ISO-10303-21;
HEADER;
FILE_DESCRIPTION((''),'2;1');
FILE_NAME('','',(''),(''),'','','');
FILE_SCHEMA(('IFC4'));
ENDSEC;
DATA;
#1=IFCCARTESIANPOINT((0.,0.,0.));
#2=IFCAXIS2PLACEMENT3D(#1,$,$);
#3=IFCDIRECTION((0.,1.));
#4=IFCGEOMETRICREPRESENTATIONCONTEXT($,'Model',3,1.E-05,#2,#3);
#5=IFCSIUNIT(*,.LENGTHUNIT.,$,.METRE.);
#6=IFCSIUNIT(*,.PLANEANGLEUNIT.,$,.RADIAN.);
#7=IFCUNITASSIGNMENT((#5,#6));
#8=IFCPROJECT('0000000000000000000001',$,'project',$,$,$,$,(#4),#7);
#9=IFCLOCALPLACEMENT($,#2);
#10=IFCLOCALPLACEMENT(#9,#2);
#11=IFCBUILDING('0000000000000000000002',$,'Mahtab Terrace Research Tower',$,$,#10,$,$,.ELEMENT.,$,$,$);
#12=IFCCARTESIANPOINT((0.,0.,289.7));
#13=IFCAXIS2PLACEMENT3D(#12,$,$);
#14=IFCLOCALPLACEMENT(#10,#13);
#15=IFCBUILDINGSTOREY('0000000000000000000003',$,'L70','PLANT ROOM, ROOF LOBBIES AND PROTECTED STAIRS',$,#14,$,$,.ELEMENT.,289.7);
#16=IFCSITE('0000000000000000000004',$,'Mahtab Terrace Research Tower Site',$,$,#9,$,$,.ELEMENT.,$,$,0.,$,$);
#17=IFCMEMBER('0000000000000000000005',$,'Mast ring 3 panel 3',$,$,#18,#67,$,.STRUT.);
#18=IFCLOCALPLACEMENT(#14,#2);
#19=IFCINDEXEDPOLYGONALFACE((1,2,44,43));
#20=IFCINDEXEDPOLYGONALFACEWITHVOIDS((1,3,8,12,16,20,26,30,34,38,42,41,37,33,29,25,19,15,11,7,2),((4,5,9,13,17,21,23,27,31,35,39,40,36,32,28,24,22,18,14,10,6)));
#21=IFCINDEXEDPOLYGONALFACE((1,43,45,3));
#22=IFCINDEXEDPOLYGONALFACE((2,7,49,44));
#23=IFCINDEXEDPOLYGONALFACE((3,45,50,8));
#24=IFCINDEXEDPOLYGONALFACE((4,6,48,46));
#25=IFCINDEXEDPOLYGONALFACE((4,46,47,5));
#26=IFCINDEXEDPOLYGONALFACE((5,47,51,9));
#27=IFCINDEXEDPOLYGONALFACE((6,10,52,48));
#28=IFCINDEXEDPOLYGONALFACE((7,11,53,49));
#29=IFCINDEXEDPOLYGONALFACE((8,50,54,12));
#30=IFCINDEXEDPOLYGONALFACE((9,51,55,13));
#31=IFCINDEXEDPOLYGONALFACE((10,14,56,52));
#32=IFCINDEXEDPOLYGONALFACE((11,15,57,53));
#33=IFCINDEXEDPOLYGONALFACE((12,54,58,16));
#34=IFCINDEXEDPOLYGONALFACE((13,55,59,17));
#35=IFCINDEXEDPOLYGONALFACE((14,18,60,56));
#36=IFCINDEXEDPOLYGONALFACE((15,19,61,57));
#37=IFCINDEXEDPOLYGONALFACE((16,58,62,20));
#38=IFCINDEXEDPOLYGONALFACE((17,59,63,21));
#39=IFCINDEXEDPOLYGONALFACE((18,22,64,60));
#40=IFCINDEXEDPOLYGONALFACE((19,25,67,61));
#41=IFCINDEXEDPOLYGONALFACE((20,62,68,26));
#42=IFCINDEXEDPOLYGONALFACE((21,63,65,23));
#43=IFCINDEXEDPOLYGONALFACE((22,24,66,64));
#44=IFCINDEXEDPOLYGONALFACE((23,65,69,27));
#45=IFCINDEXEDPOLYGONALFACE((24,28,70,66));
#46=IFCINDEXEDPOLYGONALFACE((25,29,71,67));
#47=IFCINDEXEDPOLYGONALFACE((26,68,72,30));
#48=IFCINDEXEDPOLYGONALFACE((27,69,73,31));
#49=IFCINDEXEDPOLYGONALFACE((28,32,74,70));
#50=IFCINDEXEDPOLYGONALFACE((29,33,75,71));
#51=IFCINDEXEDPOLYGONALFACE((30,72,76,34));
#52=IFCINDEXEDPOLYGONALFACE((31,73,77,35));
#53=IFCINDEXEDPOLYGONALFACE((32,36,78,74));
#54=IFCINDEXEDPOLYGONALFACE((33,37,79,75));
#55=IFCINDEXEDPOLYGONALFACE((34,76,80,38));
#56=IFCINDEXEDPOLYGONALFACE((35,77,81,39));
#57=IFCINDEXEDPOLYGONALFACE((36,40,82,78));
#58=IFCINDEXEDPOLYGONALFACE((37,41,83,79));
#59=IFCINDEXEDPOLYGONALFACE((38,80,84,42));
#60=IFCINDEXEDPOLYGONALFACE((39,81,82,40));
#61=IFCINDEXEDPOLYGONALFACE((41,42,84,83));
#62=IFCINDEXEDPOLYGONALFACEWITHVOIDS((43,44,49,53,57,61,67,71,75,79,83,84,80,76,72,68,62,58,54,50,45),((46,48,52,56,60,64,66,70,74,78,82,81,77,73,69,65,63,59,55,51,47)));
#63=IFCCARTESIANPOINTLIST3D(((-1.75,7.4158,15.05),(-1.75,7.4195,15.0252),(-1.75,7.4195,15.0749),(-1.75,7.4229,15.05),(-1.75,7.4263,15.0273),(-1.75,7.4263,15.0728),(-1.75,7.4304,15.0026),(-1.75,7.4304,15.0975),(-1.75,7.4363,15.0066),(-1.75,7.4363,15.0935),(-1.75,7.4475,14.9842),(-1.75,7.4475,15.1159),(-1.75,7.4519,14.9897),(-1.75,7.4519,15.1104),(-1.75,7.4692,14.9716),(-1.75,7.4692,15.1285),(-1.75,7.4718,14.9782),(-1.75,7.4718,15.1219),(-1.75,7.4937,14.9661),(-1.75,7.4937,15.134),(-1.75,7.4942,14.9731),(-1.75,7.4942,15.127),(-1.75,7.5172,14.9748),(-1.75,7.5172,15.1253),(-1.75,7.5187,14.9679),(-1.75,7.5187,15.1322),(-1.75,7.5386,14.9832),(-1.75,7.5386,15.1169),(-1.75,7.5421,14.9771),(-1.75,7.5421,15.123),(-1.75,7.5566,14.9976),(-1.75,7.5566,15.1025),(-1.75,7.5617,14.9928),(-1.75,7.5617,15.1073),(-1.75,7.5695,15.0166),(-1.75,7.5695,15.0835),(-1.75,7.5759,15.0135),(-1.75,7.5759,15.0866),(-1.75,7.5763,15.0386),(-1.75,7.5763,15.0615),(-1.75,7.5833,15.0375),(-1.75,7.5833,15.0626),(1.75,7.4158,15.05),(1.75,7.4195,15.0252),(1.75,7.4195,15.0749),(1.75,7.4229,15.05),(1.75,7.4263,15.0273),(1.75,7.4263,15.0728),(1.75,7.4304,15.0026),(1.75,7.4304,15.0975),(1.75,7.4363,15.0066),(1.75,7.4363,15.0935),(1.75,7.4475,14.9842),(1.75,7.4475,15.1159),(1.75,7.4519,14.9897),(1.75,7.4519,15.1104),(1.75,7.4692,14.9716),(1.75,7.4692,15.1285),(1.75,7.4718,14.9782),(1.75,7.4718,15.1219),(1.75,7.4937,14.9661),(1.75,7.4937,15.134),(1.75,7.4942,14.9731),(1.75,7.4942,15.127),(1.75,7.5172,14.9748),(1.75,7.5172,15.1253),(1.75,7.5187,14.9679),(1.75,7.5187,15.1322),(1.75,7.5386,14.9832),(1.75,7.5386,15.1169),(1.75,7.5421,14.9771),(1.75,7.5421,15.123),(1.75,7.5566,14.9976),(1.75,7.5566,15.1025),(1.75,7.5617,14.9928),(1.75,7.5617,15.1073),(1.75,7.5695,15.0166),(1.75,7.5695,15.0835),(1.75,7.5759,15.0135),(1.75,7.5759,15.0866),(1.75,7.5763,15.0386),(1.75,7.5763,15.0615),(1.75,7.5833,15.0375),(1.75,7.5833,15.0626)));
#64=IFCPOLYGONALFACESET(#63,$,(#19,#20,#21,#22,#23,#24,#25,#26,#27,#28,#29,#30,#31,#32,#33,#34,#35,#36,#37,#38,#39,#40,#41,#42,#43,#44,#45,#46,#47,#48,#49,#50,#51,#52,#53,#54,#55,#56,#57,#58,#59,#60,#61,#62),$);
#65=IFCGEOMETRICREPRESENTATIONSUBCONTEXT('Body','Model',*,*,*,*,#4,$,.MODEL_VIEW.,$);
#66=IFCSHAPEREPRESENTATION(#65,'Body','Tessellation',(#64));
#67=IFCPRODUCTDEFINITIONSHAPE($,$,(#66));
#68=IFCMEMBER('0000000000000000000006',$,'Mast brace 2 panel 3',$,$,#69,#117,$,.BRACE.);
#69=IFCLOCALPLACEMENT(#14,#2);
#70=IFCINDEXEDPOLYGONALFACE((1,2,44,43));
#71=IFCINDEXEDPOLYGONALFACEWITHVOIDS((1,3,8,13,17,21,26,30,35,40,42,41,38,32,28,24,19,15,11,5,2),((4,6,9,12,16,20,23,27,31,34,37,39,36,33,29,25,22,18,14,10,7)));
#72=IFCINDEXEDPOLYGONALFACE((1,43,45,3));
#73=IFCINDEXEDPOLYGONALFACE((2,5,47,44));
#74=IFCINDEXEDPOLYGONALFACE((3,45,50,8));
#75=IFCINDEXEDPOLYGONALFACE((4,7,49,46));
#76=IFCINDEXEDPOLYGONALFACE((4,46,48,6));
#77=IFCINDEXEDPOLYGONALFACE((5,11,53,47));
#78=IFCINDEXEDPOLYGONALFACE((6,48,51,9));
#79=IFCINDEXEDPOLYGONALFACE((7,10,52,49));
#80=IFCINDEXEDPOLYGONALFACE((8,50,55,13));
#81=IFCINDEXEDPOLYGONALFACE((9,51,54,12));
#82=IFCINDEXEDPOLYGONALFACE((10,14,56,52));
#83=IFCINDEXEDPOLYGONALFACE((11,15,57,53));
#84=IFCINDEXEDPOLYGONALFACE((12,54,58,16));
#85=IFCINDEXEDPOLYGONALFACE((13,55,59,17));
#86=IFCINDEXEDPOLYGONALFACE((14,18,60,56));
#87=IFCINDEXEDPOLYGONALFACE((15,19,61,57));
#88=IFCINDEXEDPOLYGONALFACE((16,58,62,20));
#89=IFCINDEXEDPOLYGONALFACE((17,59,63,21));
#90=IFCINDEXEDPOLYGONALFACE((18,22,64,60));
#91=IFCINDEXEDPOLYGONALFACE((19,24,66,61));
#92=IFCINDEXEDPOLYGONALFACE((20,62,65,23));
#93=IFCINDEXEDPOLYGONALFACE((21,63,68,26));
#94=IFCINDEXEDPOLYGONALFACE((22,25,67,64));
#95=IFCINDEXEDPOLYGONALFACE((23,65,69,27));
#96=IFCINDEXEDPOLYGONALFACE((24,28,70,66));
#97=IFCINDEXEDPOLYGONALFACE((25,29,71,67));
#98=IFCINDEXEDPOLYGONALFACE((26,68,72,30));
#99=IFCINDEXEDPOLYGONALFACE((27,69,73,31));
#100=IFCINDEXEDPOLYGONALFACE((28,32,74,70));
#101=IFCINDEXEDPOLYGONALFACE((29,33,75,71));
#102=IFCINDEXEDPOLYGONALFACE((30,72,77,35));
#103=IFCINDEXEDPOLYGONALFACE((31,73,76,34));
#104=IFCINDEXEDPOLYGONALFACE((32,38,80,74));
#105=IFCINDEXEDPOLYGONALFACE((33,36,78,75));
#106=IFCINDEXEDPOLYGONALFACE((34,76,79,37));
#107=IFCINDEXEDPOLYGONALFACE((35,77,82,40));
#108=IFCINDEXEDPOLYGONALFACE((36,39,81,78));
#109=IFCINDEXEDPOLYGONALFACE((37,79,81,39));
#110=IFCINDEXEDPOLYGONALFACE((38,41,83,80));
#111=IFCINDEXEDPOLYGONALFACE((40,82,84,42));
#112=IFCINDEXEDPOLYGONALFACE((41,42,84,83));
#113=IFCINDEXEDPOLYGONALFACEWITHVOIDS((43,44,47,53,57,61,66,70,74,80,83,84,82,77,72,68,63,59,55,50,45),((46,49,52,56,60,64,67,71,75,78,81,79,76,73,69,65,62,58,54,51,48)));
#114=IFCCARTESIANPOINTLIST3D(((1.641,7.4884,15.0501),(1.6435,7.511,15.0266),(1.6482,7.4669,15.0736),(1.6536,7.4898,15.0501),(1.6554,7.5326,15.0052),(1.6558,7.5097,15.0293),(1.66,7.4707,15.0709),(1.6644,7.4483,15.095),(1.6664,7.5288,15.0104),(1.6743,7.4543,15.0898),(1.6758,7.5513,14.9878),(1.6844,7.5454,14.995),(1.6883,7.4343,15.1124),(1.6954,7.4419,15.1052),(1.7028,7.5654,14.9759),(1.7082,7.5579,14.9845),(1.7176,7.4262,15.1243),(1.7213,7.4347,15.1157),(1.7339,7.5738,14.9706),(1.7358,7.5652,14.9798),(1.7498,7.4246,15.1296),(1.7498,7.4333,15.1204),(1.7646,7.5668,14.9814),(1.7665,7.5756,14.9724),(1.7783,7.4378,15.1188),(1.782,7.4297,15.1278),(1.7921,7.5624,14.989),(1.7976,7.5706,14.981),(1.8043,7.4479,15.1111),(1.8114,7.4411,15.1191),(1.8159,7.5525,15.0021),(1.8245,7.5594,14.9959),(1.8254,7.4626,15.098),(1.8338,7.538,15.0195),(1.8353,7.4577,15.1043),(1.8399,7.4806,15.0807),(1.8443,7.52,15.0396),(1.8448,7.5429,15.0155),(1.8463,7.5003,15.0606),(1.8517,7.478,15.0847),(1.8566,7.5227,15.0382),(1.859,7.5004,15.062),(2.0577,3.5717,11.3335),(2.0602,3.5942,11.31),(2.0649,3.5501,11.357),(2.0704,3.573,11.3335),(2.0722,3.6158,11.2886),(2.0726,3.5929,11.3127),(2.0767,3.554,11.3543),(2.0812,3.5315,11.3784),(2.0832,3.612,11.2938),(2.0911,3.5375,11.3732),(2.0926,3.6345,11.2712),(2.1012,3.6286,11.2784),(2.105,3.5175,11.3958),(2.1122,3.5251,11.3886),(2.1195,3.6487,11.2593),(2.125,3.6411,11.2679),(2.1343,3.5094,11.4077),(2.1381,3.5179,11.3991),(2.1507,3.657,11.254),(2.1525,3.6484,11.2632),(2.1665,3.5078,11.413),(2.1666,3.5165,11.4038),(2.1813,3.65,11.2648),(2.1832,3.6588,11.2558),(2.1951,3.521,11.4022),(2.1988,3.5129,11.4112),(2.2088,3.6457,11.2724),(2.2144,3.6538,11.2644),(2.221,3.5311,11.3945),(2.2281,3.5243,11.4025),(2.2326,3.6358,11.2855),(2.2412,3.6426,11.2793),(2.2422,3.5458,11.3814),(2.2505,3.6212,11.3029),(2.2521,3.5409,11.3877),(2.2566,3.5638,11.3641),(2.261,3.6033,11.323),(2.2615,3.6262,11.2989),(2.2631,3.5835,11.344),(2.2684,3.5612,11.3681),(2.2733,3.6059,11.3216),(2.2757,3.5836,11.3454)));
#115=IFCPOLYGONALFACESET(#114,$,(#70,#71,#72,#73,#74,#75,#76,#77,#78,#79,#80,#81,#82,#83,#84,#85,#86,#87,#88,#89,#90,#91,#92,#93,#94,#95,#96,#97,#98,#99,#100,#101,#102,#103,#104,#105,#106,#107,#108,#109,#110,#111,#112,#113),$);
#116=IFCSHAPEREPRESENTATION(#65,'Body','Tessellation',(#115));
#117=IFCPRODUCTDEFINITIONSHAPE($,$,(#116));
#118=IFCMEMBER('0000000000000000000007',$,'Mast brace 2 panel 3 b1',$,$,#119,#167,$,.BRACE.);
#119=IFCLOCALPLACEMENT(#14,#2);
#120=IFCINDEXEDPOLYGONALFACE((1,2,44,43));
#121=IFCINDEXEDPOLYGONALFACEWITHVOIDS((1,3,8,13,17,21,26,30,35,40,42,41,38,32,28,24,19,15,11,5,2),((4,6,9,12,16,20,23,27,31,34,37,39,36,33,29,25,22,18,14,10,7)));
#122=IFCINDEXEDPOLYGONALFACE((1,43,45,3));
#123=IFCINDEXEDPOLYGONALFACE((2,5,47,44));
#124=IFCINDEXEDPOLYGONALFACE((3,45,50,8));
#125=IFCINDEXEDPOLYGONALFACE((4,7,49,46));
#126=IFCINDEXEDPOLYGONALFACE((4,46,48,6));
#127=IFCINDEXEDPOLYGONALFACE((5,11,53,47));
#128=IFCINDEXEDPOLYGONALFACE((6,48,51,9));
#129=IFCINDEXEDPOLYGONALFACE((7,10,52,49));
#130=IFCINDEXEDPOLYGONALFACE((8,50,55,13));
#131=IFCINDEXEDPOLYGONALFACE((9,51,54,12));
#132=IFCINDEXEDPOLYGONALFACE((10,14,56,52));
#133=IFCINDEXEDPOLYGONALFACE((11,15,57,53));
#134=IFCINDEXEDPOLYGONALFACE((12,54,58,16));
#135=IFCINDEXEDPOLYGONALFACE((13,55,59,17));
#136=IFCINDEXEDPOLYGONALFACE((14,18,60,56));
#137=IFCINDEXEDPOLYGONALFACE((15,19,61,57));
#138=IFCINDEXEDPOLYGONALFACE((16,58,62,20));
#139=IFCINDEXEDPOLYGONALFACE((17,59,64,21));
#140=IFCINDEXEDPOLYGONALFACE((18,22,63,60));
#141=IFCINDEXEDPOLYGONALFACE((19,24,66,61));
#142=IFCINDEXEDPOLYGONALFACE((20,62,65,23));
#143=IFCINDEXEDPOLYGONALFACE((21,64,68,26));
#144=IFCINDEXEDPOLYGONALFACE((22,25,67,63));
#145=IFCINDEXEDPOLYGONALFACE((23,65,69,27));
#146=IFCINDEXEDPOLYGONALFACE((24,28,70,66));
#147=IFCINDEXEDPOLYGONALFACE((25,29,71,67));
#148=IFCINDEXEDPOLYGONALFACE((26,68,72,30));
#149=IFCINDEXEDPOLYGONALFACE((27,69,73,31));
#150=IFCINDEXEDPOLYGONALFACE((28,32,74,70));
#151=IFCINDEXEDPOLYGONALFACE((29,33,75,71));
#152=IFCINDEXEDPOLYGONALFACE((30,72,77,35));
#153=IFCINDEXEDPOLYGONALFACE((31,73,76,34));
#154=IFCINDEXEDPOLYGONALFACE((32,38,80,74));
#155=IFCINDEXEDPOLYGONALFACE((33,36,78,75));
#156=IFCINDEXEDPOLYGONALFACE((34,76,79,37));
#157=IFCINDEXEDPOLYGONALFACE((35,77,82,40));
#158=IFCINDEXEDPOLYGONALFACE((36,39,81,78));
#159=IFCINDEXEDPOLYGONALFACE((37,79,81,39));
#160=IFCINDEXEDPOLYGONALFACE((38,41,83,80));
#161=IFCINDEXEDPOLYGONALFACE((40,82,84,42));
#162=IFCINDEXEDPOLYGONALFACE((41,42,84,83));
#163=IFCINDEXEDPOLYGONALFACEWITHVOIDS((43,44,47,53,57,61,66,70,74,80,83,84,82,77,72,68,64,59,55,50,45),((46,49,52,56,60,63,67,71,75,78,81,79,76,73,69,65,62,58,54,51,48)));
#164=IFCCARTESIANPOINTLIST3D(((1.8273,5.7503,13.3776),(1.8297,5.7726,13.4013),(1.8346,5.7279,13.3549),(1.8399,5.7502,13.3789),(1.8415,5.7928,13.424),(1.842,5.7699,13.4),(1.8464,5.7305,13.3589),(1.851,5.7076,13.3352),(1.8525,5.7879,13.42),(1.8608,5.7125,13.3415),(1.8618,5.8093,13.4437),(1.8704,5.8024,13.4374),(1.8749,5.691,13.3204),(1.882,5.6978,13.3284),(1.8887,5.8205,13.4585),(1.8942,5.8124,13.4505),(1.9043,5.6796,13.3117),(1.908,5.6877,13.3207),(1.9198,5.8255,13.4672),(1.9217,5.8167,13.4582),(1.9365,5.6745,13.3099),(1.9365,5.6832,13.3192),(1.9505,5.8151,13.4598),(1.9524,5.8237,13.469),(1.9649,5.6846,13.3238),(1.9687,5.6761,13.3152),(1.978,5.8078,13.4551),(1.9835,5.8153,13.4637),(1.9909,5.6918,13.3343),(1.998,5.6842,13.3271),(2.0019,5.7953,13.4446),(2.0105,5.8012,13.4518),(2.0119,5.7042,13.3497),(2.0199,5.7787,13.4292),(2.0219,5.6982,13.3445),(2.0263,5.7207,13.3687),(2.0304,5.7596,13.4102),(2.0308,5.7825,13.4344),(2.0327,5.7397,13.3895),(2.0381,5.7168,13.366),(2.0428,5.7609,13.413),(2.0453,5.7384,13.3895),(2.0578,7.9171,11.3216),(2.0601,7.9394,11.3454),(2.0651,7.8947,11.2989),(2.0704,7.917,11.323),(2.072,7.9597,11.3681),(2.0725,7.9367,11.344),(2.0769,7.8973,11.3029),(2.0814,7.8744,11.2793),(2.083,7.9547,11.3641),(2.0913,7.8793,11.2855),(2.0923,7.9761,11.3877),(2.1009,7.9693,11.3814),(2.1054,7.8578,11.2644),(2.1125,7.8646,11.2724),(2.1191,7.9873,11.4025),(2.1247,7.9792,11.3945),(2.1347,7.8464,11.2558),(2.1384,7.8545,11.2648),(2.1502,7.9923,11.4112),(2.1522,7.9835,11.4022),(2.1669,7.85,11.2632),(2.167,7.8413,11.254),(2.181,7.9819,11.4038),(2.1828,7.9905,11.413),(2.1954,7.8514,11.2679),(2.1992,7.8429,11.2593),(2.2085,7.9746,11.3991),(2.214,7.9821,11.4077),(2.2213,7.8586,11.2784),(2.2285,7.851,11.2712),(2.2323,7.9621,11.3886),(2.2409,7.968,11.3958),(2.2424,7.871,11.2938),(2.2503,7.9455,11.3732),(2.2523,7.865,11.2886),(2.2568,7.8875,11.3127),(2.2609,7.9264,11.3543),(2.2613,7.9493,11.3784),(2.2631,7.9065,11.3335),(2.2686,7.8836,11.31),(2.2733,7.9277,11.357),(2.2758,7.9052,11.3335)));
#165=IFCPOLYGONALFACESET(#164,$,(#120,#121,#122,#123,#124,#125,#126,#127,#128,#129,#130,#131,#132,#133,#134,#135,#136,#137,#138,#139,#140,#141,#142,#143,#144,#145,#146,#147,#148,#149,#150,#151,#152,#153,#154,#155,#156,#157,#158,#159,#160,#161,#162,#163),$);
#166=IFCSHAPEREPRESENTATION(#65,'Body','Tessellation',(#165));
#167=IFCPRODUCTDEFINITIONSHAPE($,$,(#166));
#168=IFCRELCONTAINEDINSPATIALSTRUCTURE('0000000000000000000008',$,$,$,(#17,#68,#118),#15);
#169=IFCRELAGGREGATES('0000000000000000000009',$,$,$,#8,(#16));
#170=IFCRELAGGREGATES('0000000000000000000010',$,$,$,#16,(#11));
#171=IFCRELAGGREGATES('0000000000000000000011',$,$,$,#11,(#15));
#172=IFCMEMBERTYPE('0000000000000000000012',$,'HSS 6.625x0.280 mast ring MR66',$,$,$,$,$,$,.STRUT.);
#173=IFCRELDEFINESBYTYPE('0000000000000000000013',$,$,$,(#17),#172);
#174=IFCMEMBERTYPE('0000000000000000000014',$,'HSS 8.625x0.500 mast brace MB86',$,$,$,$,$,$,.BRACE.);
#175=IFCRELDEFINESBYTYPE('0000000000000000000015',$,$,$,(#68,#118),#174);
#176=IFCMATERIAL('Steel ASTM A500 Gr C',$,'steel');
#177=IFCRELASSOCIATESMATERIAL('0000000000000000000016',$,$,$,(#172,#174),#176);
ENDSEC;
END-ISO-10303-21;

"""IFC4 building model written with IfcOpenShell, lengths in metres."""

from ifc_helpers import new_model, si_unit, direction, frame, origin, origin_2d, place, context, subcontext, project, spatial, hollow_circle, extrude, material, material_profile, profile_set, type_object, element, save


model = new_model("IFC4")

# Units and contexts
model_context = context("Model", 3, precision=1e-05, world=origin(), true_north=direction((0.0, 1.0)))
body_context = subcontext(model_context, "Body", "Model", "MODEL_VIEW")
ifc_project = project(units=[si_unit("LENGTHUNIT", "METRE"), si_unit("PLANEANGLEUNIT", "RADIAN")], contexts=[model_context])

# Site, building, storey
site_placement = place(None, origin())
site = spatial("IfcSite", under=ifc_project, at=site_placement, Name="Mahtab Terrace Research Tower Site", CompositionType="ELEMENT", RefElevation=0.0)
building_placement = place(site_placement, origin())
building = spatial("IfcBuilding", under=site, at=building_placement, Name="Mahtab Terrace Research Tower", CompositionType="ELEMENT")
storey_placement = place(building_placement, frame((0.0, 0.0, 289.7)))
storey = spatial("IfcBuildingStorey", under=building, at=storey_placement, Name="L70", Description="PLANT ROOM, ROOF LOBBIES AND PROTECTED STAIRS", CompositionType="ELEMENT", Elevation=289.7)

# Members
ifc_material_1 = material(Name="Steel ASTM A500 Gr C", Category="steel")
ifc_material_profile_1 = material_profile(ifc_material_1, hollow_circle(Radius=0.0842, WallThickness=0.0071, at=origin_2d()), Name="HSS6.625X0.280")
ifc_profile_set_1 = profile_set([ifc_material_profile_1], Name="Steel ASTM A500 Gr C")
member_type_1 = type_object("IfcMemberType", Name="HSS 6.625x0.280 mast ring MR66", PredefinedType="STRUT", material=ifc_profile_set_1)
for number, where, z_axis, x_axis, name in (
    (1, (1.75, 7.5, 15.05), (-1.0, 0.0, 0.0), (0.0, -1.0, 0.0), "Mast ring 3 panel 3"),
):
    element("IfcMember", number, at=place(storey_placement, frame(where, z_axis=z_axis, x_axis=x_axis)), inside=storey, type_object=member_type_1, Name=name, PredefinedType="STRUT", context=body_context, shape_type="SweptSolid", body=[
        extrude(hollow_circle(Radius=0.0842, WallThickness=0.0071, at=origin_2d()), origin(), (0.0, 0.0, 1.0), 3.5),
    ])
ifc_material_profile_2 = material_profile(ifc_material_1, hollow_circle(Radius=0.1096, WallThickness=0.0127, at=origin_2d()), Name="HSS8.625X0.500")
ifc_profile_set_2 = profile_set([ifc_material_profile_2], Name="Steel ASTM A500 Gr C")
member_type_2 = type_object("IfcMemberType", Name="HSS 8.625x0.500 mast brace MB86", PredefinedType="BRACE", material=ifc_profile_set_2)
member_1_placement = place(storey_placement, frame((2.1667, 3.5833, 11.3335), z_axis=(-0.076955, 0.723251, 0.686284), x_axis=(-0.994387, -0.105804, 0.0)))
element("IfcMember", 2, at=member_1_placement, inside=storey, type_object=member_type_2, Name="Mast brace 2 panel 3", PredefinedType="BRACE", context=body_context, shape_type="SweptSolid", body=[
    extrude(hollow_circle(Radius=0.1096, WallThickness=0.0127, at=origin_2d()), origin(), (0.0, 0.0, 1.0), 5.4155),
])
member_2_placement = place(storey_placement, frame((2.1667, 7.9167, 11.3335), z_axis=(-0.076931, -0.723268, 0.686269), x_axis=(0.994391, -0.10577, 0.0)))
element("IfcMember", 3, at=member_2_placement, inside=storey, type_object=member_type_2, Name="Mast brace 2 panel 3 b1", PredefinedType="BRACE", context=body_context, shape_type="SweptSolid", body=[
    extrude(hollow_circle(Radius=0.1096, WallThickness=0.0127, at=origin_2d()), origin(), (0.0, 0.0, 1.0), 2.9958),
])

save(model, "model.ifc")
